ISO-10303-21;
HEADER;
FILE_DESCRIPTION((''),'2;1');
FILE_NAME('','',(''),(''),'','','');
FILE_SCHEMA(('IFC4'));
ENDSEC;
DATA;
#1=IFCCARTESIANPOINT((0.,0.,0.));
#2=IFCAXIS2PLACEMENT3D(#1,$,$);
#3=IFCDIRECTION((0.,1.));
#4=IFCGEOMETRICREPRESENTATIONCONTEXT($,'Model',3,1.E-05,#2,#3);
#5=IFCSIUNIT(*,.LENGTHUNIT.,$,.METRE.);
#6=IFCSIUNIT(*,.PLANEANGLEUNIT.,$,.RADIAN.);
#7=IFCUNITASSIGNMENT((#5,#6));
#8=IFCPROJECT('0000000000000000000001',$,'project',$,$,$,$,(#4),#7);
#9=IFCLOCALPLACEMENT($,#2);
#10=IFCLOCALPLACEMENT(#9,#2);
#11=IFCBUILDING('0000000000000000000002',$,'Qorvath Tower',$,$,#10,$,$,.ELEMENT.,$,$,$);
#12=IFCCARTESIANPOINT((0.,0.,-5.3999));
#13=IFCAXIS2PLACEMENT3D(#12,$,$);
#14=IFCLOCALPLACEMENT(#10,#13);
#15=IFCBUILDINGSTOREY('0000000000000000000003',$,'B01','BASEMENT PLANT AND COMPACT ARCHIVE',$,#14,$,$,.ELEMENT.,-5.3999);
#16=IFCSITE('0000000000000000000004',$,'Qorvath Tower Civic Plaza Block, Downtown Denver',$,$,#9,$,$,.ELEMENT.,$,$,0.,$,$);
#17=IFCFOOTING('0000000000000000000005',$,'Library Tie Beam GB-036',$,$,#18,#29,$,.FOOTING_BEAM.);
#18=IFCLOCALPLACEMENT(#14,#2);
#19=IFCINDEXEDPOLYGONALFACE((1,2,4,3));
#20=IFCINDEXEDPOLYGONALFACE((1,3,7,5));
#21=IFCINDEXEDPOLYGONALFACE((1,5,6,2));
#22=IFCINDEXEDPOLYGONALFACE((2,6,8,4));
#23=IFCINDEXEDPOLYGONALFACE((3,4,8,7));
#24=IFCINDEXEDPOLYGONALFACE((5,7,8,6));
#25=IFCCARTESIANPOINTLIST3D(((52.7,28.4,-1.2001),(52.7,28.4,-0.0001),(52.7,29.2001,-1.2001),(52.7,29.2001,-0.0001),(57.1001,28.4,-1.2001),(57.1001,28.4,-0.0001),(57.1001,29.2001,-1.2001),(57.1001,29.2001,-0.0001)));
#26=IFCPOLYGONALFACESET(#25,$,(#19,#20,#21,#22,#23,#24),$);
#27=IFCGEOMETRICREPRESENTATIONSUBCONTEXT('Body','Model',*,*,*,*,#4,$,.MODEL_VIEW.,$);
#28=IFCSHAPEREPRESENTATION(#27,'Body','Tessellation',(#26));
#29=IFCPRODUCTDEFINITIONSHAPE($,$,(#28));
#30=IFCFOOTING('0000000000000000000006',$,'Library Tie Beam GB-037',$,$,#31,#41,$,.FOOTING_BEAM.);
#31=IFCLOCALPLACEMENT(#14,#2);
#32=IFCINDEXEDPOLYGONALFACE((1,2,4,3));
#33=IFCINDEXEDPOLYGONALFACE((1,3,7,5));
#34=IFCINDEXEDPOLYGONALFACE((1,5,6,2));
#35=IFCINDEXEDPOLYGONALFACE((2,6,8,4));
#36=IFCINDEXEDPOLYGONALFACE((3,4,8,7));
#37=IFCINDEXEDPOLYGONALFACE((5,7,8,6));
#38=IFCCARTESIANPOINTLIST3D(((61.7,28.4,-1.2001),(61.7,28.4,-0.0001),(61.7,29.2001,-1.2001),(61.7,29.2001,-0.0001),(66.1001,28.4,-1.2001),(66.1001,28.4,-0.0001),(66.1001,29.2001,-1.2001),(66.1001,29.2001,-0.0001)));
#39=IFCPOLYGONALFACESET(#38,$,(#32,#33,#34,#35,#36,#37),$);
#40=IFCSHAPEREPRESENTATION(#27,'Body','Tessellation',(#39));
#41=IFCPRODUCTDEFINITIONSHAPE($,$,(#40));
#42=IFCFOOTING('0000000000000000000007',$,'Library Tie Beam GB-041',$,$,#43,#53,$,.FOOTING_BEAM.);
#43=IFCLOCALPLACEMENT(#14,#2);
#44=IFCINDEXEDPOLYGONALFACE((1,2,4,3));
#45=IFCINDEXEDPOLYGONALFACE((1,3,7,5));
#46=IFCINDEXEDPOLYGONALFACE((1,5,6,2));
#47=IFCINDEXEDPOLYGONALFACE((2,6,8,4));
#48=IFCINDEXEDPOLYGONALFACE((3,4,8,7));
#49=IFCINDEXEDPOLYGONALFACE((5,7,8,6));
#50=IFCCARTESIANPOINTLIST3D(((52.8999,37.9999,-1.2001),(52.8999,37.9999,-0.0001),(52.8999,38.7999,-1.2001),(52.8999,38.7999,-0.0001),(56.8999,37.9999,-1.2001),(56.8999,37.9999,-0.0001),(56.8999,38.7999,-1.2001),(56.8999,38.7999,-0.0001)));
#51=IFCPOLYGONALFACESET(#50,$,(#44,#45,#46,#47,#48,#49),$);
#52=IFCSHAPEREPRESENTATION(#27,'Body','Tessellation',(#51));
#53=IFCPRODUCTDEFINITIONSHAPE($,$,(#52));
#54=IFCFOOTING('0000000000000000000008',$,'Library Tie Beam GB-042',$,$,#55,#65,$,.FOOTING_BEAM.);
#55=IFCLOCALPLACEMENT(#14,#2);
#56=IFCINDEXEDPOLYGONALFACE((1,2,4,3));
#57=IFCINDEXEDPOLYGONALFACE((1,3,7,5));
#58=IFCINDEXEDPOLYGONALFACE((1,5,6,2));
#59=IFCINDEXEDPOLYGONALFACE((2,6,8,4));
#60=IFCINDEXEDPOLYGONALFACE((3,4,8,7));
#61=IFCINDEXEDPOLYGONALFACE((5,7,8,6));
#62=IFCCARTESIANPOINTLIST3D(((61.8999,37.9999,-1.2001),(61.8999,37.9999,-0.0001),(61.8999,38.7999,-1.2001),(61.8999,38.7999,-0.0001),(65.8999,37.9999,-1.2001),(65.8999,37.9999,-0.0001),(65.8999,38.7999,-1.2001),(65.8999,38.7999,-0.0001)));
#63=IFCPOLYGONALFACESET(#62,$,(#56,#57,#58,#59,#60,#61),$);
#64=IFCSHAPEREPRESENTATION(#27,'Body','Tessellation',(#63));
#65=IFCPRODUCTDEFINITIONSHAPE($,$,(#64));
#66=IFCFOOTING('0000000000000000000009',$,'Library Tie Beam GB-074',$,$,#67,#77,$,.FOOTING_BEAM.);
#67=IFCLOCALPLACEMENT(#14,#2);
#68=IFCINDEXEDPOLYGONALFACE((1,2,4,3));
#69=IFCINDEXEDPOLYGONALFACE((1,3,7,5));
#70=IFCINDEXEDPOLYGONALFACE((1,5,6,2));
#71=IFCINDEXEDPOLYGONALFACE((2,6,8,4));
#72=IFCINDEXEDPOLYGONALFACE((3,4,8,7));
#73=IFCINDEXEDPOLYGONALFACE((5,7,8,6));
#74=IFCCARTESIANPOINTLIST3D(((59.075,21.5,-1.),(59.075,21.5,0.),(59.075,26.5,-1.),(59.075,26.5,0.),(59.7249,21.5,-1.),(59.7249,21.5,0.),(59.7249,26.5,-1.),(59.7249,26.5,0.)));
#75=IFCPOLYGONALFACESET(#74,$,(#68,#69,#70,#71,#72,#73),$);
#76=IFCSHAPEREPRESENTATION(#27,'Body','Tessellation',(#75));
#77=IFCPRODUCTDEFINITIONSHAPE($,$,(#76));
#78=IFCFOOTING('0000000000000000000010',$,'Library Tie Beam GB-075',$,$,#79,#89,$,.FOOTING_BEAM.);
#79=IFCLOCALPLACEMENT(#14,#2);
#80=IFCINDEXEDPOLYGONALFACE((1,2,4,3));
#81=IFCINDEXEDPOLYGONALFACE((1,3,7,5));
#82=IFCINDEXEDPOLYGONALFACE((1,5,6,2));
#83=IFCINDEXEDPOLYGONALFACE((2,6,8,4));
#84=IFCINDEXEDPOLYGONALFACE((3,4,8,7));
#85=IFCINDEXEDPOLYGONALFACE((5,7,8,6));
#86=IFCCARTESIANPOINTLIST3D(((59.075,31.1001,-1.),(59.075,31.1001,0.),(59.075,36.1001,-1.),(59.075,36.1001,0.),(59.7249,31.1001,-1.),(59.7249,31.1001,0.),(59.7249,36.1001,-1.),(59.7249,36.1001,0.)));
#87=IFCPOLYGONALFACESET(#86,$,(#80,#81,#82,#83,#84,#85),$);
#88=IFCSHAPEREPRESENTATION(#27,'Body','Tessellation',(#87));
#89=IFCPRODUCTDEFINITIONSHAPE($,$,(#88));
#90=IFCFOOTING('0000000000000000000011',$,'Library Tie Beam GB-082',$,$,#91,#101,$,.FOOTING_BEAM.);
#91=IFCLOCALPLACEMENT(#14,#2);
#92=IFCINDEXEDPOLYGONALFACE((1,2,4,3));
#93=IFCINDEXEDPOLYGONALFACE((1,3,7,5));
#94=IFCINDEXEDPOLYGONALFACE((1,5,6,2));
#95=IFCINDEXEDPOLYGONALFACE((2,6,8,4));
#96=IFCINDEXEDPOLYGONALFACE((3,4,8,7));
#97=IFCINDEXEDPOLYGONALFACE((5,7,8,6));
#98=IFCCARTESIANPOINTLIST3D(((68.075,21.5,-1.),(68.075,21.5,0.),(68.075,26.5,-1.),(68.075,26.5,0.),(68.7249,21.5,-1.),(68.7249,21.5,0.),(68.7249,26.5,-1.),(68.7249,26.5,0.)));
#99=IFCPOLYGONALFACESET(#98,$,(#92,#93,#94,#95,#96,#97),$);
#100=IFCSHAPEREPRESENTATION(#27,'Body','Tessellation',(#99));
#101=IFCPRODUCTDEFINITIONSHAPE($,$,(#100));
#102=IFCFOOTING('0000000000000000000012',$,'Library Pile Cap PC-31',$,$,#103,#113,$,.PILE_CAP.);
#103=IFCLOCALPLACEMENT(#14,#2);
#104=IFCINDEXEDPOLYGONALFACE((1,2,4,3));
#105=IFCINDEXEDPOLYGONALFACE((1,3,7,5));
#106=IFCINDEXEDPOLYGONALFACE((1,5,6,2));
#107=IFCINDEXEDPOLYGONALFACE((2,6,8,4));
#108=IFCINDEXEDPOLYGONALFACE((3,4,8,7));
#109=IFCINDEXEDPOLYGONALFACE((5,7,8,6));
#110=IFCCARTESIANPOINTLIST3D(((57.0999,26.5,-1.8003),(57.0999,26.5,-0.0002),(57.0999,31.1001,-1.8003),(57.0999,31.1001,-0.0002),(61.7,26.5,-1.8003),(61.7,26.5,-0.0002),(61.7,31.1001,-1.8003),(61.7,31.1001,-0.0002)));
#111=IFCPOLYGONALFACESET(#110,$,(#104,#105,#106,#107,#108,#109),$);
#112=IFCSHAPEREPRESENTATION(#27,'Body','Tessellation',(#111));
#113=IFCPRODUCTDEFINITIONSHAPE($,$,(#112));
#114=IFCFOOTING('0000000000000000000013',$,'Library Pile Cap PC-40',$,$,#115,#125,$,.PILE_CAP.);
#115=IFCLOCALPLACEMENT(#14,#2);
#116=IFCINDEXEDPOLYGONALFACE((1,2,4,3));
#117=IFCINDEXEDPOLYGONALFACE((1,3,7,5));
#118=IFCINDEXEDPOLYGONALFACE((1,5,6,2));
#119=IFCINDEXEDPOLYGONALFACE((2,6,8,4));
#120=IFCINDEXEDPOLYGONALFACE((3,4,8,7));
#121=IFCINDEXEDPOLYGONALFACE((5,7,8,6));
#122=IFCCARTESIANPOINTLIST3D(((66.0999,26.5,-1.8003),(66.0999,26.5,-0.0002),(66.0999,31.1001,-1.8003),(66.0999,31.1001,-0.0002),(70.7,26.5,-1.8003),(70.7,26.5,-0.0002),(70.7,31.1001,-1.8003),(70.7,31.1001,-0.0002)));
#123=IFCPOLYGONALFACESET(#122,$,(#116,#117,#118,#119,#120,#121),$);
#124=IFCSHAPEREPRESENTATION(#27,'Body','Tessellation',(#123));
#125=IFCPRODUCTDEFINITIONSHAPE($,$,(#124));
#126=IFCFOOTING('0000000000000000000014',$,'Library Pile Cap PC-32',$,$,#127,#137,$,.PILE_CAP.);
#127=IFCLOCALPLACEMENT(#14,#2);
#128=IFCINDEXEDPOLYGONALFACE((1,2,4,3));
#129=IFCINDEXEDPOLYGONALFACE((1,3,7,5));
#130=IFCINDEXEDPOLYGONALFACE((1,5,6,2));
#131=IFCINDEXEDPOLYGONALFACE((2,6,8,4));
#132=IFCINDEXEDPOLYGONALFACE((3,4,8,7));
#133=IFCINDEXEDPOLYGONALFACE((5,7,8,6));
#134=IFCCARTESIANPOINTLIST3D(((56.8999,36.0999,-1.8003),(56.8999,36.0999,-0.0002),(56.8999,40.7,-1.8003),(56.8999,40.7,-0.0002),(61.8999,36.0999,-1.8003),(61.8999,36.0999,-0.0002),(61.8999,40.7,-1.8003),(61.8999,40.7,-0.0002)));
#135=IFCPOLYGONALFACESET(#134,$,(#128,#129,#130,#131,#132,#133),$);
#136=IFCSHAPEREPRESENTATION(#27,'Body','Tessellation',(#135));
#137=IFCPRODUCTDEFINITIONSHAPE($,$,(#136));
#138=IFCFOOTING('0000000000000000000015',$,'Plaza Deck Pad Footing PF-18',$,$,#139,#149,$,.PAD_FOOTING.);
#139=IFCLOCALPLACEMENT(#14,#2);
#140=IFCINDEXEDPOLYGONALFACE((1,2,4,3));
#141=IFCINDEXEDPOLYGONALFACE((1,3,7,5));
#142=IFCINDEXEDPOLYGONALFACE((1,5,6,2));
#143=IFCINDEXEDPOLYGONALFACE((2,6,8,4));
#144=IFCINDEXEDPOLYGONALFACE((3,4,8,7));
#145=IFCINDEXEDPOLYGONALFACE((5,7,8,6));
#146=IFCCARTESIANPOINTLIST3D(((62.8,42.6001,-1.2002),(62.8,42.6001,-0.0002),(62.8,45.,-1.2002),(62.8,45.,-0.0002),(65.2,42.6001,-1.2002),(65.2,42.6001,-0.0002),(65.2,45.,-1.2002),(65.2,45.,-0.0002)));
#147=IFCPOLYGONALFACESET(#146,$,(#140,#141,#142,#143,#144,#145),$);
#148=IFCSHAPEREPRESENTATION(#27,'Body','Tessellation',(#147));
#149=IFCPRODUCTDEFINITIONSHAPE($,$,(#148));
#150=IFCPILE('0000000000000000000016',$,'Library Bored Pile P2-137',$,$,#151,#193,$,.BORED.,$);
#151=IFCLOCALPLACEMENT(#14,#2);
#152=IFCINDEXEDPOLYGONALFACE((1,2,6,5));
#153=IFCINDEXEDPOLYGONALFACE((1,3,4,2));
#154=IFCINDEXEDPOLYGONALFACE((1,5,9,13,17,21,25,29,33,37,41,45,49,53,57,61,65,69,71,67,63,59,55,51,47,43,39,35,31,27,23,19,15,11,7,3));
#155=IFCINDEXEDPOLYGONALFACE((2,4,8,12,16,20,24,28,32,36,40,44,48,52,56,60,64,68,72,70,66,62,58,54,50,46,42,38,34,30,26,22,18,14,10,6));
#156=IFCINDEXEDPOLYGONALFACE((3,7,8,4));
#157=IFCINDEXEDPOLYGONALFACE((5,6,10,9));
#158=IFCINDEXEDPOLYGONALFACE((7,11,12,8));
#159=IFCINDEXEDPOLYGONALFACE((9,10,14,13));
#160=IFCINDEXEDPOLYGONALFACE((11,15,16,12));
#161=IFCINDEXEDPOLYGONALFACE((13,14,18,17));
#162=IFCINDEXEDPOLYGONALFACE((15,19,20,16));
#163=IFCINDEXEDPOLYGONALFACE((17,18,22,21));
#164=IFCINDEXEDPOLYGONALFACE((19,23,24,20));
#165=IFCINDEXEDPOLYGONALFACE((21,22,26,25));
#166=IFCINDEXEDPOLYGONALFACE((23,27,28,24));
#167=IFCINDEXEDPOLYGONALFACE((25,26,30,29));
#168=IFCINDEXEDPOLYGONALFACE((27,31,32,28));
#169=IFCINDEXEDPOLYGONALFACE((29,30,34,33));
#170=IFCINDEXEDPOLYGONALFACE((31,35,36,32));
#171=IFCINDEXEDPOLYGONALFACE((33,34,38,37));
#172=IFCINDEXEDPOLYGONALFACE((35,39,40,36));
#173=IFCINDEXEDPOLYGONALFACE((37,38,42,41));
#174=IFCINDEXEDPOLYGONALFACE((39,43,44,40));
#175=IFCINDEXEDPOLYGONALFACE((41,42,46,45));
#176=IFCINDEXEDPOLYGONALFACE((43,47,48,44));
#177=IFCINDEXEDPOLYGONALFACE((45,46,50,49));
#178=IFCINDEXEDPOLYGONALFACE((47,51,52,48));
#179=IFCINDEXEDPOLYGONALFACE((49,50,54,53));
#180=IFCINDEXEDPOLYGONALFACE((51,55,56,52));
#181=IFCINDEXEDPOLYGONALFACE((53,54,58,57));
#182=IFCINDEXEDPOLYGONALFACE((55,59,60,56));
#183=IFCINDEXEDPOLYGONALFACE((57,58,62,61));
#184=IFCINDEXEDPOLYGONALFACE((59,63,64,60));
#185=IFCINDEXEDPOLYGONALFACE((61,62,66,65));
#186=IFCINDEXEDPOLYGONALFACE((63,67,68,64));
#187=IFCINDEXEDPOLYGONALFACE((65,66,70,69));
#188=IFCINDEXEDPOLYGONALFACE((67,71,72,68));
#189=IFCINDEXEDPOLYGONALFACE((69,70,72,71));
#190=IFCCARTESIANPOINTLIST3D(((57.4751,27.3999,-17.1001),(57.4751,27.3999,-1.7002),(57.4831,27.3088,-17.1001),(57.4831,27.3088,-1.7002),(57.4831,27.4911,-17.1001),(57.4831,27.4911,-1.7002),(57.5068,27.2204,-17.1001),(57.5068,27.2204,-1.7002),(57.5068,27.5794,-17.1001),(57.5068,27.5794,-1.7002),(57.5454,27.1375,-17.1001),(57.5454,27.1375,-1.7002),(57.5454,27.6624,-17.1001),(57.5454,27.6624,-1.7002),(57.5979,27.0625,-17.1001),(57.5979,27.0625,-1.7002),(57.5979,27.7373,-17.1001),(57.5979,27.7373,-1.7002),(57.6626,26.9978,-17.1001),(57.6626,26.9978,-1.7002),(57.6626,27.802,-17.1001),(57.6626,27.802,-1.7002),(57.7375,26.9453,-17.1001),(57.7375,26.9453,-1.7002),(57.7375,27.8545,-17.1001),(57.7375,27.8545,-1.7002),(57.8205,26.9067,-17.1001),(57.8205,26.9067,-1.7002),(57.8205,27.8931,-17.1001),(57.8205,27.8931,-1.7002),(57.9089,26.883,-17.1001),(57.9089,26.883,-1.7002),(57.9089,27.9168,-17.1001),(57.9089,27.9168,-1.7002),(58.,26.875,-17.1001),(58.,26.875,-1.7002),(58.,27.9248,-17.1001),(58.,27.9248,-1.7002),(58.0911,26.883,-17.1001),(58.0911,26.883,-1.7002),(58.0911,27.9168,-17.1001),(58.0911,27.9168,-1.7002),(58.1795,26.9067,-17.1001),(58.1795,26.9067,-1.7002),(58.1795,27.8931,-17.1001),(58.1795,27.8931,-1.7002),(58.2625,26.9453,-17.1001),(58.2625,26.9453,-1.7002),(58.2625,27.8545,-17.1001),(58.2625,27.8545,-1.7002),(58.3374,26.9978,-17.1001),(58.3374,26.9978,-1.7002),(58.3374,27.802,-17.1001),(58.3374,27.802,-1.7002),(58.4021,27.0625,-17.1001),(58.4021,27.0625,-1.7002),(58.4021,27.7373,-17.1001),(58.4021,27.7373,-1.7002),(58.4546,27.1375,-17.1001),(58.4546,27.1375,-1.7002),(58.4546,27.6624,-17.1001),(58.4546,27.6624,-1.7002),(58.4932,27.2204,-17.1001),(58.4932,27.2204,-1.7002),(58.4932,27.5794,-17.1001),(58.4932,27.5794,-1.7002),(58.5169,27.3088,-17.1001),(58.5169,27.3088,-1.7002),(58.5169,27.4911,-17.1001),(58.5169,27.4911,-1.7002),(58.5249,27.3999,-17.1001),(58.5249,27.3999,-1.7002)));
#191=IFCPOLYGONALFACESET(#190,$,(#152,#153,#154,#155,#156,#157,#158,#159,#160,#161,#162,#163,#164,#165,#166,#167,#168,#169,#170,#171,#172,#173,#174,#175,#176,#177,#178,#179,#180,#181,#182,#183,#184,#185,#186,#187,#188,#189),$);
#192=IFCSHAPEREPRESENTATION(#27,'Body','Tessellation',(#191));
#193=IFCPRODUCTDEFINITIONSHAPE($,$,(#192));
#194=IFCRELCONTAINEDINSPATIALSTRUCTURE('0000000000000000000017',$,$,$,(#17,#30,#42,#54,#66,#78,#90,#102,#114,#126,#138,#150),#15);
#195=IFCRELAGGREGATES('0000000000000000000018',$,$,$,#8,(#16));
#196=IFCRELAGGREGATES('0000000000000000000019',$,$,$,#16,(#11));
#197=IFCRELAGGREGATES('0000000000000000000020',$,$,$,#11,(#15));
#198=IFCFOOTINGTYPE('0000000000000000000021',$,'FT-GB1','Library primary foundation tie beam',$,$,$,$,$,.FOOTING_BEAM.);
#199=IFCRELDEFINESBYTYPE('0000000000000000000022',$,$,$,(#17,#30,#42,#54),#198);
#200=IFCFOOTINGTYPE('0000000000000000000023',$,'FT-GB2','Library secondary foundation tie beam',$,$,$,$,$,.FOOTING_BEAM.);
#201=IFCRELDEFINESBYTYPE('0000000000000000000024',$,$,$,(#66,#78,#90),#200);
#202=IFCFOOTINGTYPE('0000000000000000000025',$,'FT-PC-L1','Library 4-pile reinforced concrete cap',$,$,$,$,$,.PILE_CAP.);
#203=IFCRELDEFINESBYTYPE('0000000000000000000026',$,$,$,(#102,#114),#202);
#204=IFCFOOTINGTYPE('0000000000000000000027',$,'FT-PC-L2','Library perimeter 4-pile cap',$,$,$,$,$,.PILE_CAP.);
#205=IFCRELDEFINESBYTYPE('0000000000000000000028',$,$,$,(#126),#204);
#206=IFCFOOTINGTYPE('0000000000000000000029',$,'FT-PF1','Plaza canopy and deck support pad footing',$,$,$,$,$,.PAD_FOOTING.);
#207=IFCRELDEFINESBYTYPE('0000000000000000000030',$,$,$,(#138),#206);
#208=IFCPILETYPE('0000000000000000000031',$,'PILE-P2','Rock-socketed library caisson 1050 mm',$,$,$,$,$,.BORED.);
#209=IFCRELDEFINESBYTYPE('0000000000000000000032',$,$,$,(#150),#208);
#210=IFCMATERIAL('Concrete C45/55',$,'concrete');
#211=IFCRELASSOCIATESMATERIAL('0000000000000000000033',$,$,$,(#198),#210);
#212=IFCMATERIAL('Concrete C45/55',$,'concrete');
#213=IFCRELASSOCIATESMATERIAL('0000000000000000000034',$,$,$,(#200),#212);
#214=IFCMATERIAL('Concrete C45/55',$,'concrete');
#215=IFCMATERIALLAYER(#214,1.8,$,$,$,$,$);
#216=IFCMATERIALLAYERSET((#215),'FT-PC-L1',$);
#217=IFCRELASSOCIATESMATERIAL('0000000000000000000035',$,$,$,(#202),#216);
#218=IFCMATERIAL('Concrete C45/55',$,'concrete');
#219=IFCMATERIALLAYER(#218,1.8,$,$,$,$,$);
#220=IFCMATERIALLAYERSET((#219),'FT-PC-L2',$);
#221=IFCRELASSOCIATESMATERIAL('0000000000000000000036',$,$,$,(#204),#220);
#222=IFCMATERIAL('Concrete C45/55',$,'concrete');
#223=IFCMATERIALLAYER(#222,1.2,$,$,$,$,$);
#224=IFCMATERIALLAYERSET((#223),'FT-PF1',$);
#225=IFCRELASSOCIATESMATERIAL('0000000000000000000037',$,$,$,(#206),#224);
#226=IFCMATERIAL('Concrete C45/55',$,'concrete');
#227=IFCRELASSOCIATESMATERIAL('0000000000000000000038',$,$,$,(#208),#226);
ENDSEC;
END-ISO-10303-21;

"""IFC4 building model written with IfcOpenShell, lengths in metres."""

from ifc_helpers import new_model, si_unit, direction, frame, origin, origin_2d, place, context, subcontext, project, spatial, rectangle, circle, extrude, material, layer, layer_set, material_profile, profile_set, type_object, element, save


model = new_model("IFC4")

# Units and contexts
model_context = context("Model", 3, precision=1e-05, world=origin(), true_north=direction((0.0, 1.0)))
body_context = subcontext(model_context, "Body", "Model", "MODEL_VIEW")
ifc_project = project(units=[si_unit("LENGTHUNIT", "METRE"), si_unit("PLANEANGLEUNIT", "RADIAN")], contexts=[model_context])

# Site, building, storey
site_placement = place(None, origin())
site = spatial("IfcSite", under=ifc_project, at=site_placement, Name="Qorvath Tower Civic Plaza Block, Downtown Denver", CompositionType="ELEMENT", RefElevation=0.0)
building_placement = place(site_placement, origin())
building = spatial("IfcBuilding", under=site, at=building_placement, Name="Qorvath Tower", CompositionType="ELEMENT")
storey_placement = place(building_placement, frame((0.0, 0.0, -5.3999)))
storey = spatial("IfcBuildingStorey", under=building, at=storey_placement, Name="B01", Description="BASEMENT PLANT AND COMPACT ARCHIVE", CompositionType="ELEMENT", Elevation=-5.3999)

# Footings
ifc_material_1 = material(Name="Concrete C45/55", Category="concrete")
ifc_material_profile_1 = material_profile(ifc_material_1, rectangle(XDim=0.8, YDim=1.2, at=origin_2d()), Name="GB 800x1200")
ifc_profile_set_1 = profile_set([ifc_material_profile_1], Name="Concrete C45/55")
footing_type_1 = type_object("IfcFootingType", Name="FT-GB1", Description="Library primary foundation tie beam", PredefinedType="FOOTING_BEAM", material=ifc_profile_set_1)
for number, where, z_axis, x_axis, name in (
    (1, (52.7, 28.8, -0.6001), (1.0, 0.0, 0.0), (0.0, 1.0, 0.0), "Library Tie Beam GB-036"),
    (2, (61.7, 28.8, -0.6001), (1.0, 0.0, 0.0), (0.0, 1.0, 0.0), "Library Tie Beam GB-037"),
):
    element("IfcFooting", number, at=place(storey_placement, frame(where, z_axis=z_axis, x_axis=x_axis)), inside=storey, type_object=footing_type_1, Name=name, PredefinedType="FOOTING_BEAM", context=body_context, shape_type="SweptSolid", body=[
        extrude(rectangle(XDim=0.8, YDim=1.2, at=origin_2d()), origin(), (0.0, 0.0, 1.0), 4.4001),
    ])
for number, where, z_axis, x_axis, name in (
    (3, (52.8999, 38.3999, -0.6001), (1.0, 0.0, 0.0), (0.0, 1.0, 0.0), "Library Tie Beam GB-041"),
    (4, (61.8999, 38.3999, -0.6001), (1.0, 0.0, 0.0), (0.0, 1.0, 0.0), "Library Tie Beam GB-042"),
):
    element("IfcFooting", number, at=place(storey_placement, frame(where, z_axis=z_axis, x_axis=x_axis)), inside=storey, type_object=footing_type_1, Name=name, PredefinedType="FOOTING_BEAM", context=body_context, shape_type="SweptSolid", body=[
        extrude(rectangle(XDim=0.8, YDim=1.2, at=origin_2d()), origin(), (0.0, 0.0, 1.0), 4.0),
    ])
ifc_material_2 = material(Name="Concrete C45/55", Category="concrete")
ifc_material_profile_2 = material_profile(ifc_material_2, rectangle(XDim=0.6499, YDim=1.0, at=origin_2d()), Name="GB 650x1000")
ifc_profile_set_2 = profile_set([ifc_material_profile_2], Name="Concrete C45/55")
footing_type_2 = type_object("IfcFootingType", Name="FT-GB2", Description="Library secondary foundation tie beam", PredefinedType="FOOTING_BEAM", material=ifc_profile_set_2)
for number, where, z_axis, x_axis, name in (
    (5, (59.3999, 21.5, -0.5), (0.0, 1.0, 0.0), (-1.0, 0.0, 0.0), "Library Tie Beam GB-074"),
    (6, (59.3999, 31.1001, -0.5), (0.0, 1.0, 0.0), (-1.0, 0.0, 0.0), "Library Tie Beam GB-075"),
    (7, (68.3999, 21.5, -0.5), (0.0, 1.0, 0.0), (-1.0, 0.0, 0.0), "Library Tie Beam GB-082"),
):
    element("IfcFooting", number, at=place(storey_placement, frame(where, z_axis=z_axis, x_axis=x_axis)), inside=storey, type_object=footing_type_2, Name=name, PredefinedType="FOOTING_BEAM", context=body_context, shape_type="SweptSolid", body=[
        extrude(rectangle(XDim=0.6499, YDim=1.0, at=origin_2d()), origin(), (0.0, 0.0, 1.0), 5.0),
    ])
ifc_material_3 = material(Name="Concrete C45/55", Category="concrete")
ifc_layer_1 = layer(ifc_material_3, 1.8)
ifc_layer_set_1 = layer_set([ifc_layer_1], Name="FT-PC-L1")
footing_type_3 = type_object("IfcFootingType", Name="FT-PC-L1", Description="Library 4-pile reinforced concrete cap", PredefinedType="PILE_CAP", material=ifc_layer_set_1)
for number, where, z_axis, x_axis, name in (
    (8, (59.3999, 28.8, -1.8003), (0.0, 0.0, 1.0), (1.0, 0.0, 0.0), "Library Pile Cap PC-31"),
    (9, (68.3999, 28.8, -1.8003), (0.0, 0.0, 1.0), (1.0, 0.0, 0.0), "Library Pile Cap PC-40"),
):
    element("IfcFooting", number, at=place(storey_placement, frame(where, z_axis=z_axis, x_axis=x_axis)), inside=storey, type_object=footing_type_3, Name=name, PredefinedType="PILE_CAP", context=body_context, shape_type="SweptSolid", body=[
        extrude(rectangle(XDim=4.6001, YDim=4.6001, at=origin_2d()), origin(), (0.0, 0.0, 1.0), 1.8),
    ])
ifc_material_4 = material(Name="Concrete C45/55", Category="concrete")
ifc_layer_2 = layer(ifc_material_4, 1.8)
ifc_layer_set_2 = layer_set([ifc_layer_2], Name="FT-PC-L2")
footing_type_4 = type_object("IfcFootingType", Name="FT-PC-L2", Description="Library perimeter 4-pile cap", PredefinedType="PILE_CAP", material=ifc_layer_set_2)
footing_1_placement = place(storey_placement, frame((59.3999, 38.3999, -1.8003), z_axis=(0.0, 0.0, 1.0), x_axis=(1.0, 0.0, 0.0)))
element("IfcFooting", 10, at=footing_1_placement, inside=storey, type_object=footing_type_4, Name="Library Pile Cap PC-32", PredefinedType="PILE_CAP", context=body_context, shape_type="SweptSolid", body=[
    extrude(rectangle(XDim=5.0, YDim=4.6001, at=origin_2d()), origin(), (0.0, 0.0, 1.0), 1.8),
])
ifc_material_5 = material(Name="Concrete C45/55", Category="concrete")
ifc_layer_3 = layer(ifc_material_5, 1.2)
ifc_layer_set_3 = layer_set([ifc_layer_3], Name="FT-PF1")
footing_type_5 = type_object("IfcFootingType", Name="FT-PF1", Description="Plaza canopy and deck support pad footing", PredefinedType="PAD_FOOTING", material=ifc_layer_set_3)
footing_2_placement = place(storey_placement, frame((64.0, 43.8, -1.2002), z_axis=(0.0, 0.0, 1.0), x_axis=(1.0, 0.0, 0.0)))
element("IfcFooting", 11, at=footing_2_placement, inside=storey, type_object=footing_type_5, Name="Plaza Deck Pad Footing PF-18", PredefinedType="PAD_FOOTING", context=body_context, shape_type="SweptSolid", body=[
    extrude(rectangle(XDim=2.3999, YDim=2.3999, at=origin_2d()), origin(), (0.0, 0.0, 1.0), 1.2),
])

# Pile
ifc_material_6 = material(Name="Concrete C45/55", Category="concrete")
ifc_material_profile_3 = material_profile(ifc_material_6, circle(Radius=0.5249, at=origin_2d()), Name="BORED PILE 1050")
ifc_profile_set_3 = profile_set([ifc_material_profile_3], Name="Concrete C45/55")
pile_type = type_object("IfcPileType", Name="PILE-P2", Description="Rock-socketed library caisson 1050 mm", PredefinedType="BORED", material=ifc_profile_set_3)
for number, where, z_axis, x_axis, name in (
    (12, (58.0, 27.3999, -1.7002), (0.0, 0.0, -1.0), (1.0, 0.0, 0.0), "Library Bored Pile P2-137"),
):
    element("IfcPile", number, at=place(storey_placement, frame(where, z_axis=z_axis, x_axis=x_axis)), inside=storey, type_object=pile_type, Name=name, PredefinedType="BORED", context=body_context, shape_type="SweptSolid", body=[
        extrude(circle(Radius=0.5249, at=origin_2d()), origin(), (0.0, 0.0, 1.0), 15.3999),
    ])

save(model, "model.ifc")
